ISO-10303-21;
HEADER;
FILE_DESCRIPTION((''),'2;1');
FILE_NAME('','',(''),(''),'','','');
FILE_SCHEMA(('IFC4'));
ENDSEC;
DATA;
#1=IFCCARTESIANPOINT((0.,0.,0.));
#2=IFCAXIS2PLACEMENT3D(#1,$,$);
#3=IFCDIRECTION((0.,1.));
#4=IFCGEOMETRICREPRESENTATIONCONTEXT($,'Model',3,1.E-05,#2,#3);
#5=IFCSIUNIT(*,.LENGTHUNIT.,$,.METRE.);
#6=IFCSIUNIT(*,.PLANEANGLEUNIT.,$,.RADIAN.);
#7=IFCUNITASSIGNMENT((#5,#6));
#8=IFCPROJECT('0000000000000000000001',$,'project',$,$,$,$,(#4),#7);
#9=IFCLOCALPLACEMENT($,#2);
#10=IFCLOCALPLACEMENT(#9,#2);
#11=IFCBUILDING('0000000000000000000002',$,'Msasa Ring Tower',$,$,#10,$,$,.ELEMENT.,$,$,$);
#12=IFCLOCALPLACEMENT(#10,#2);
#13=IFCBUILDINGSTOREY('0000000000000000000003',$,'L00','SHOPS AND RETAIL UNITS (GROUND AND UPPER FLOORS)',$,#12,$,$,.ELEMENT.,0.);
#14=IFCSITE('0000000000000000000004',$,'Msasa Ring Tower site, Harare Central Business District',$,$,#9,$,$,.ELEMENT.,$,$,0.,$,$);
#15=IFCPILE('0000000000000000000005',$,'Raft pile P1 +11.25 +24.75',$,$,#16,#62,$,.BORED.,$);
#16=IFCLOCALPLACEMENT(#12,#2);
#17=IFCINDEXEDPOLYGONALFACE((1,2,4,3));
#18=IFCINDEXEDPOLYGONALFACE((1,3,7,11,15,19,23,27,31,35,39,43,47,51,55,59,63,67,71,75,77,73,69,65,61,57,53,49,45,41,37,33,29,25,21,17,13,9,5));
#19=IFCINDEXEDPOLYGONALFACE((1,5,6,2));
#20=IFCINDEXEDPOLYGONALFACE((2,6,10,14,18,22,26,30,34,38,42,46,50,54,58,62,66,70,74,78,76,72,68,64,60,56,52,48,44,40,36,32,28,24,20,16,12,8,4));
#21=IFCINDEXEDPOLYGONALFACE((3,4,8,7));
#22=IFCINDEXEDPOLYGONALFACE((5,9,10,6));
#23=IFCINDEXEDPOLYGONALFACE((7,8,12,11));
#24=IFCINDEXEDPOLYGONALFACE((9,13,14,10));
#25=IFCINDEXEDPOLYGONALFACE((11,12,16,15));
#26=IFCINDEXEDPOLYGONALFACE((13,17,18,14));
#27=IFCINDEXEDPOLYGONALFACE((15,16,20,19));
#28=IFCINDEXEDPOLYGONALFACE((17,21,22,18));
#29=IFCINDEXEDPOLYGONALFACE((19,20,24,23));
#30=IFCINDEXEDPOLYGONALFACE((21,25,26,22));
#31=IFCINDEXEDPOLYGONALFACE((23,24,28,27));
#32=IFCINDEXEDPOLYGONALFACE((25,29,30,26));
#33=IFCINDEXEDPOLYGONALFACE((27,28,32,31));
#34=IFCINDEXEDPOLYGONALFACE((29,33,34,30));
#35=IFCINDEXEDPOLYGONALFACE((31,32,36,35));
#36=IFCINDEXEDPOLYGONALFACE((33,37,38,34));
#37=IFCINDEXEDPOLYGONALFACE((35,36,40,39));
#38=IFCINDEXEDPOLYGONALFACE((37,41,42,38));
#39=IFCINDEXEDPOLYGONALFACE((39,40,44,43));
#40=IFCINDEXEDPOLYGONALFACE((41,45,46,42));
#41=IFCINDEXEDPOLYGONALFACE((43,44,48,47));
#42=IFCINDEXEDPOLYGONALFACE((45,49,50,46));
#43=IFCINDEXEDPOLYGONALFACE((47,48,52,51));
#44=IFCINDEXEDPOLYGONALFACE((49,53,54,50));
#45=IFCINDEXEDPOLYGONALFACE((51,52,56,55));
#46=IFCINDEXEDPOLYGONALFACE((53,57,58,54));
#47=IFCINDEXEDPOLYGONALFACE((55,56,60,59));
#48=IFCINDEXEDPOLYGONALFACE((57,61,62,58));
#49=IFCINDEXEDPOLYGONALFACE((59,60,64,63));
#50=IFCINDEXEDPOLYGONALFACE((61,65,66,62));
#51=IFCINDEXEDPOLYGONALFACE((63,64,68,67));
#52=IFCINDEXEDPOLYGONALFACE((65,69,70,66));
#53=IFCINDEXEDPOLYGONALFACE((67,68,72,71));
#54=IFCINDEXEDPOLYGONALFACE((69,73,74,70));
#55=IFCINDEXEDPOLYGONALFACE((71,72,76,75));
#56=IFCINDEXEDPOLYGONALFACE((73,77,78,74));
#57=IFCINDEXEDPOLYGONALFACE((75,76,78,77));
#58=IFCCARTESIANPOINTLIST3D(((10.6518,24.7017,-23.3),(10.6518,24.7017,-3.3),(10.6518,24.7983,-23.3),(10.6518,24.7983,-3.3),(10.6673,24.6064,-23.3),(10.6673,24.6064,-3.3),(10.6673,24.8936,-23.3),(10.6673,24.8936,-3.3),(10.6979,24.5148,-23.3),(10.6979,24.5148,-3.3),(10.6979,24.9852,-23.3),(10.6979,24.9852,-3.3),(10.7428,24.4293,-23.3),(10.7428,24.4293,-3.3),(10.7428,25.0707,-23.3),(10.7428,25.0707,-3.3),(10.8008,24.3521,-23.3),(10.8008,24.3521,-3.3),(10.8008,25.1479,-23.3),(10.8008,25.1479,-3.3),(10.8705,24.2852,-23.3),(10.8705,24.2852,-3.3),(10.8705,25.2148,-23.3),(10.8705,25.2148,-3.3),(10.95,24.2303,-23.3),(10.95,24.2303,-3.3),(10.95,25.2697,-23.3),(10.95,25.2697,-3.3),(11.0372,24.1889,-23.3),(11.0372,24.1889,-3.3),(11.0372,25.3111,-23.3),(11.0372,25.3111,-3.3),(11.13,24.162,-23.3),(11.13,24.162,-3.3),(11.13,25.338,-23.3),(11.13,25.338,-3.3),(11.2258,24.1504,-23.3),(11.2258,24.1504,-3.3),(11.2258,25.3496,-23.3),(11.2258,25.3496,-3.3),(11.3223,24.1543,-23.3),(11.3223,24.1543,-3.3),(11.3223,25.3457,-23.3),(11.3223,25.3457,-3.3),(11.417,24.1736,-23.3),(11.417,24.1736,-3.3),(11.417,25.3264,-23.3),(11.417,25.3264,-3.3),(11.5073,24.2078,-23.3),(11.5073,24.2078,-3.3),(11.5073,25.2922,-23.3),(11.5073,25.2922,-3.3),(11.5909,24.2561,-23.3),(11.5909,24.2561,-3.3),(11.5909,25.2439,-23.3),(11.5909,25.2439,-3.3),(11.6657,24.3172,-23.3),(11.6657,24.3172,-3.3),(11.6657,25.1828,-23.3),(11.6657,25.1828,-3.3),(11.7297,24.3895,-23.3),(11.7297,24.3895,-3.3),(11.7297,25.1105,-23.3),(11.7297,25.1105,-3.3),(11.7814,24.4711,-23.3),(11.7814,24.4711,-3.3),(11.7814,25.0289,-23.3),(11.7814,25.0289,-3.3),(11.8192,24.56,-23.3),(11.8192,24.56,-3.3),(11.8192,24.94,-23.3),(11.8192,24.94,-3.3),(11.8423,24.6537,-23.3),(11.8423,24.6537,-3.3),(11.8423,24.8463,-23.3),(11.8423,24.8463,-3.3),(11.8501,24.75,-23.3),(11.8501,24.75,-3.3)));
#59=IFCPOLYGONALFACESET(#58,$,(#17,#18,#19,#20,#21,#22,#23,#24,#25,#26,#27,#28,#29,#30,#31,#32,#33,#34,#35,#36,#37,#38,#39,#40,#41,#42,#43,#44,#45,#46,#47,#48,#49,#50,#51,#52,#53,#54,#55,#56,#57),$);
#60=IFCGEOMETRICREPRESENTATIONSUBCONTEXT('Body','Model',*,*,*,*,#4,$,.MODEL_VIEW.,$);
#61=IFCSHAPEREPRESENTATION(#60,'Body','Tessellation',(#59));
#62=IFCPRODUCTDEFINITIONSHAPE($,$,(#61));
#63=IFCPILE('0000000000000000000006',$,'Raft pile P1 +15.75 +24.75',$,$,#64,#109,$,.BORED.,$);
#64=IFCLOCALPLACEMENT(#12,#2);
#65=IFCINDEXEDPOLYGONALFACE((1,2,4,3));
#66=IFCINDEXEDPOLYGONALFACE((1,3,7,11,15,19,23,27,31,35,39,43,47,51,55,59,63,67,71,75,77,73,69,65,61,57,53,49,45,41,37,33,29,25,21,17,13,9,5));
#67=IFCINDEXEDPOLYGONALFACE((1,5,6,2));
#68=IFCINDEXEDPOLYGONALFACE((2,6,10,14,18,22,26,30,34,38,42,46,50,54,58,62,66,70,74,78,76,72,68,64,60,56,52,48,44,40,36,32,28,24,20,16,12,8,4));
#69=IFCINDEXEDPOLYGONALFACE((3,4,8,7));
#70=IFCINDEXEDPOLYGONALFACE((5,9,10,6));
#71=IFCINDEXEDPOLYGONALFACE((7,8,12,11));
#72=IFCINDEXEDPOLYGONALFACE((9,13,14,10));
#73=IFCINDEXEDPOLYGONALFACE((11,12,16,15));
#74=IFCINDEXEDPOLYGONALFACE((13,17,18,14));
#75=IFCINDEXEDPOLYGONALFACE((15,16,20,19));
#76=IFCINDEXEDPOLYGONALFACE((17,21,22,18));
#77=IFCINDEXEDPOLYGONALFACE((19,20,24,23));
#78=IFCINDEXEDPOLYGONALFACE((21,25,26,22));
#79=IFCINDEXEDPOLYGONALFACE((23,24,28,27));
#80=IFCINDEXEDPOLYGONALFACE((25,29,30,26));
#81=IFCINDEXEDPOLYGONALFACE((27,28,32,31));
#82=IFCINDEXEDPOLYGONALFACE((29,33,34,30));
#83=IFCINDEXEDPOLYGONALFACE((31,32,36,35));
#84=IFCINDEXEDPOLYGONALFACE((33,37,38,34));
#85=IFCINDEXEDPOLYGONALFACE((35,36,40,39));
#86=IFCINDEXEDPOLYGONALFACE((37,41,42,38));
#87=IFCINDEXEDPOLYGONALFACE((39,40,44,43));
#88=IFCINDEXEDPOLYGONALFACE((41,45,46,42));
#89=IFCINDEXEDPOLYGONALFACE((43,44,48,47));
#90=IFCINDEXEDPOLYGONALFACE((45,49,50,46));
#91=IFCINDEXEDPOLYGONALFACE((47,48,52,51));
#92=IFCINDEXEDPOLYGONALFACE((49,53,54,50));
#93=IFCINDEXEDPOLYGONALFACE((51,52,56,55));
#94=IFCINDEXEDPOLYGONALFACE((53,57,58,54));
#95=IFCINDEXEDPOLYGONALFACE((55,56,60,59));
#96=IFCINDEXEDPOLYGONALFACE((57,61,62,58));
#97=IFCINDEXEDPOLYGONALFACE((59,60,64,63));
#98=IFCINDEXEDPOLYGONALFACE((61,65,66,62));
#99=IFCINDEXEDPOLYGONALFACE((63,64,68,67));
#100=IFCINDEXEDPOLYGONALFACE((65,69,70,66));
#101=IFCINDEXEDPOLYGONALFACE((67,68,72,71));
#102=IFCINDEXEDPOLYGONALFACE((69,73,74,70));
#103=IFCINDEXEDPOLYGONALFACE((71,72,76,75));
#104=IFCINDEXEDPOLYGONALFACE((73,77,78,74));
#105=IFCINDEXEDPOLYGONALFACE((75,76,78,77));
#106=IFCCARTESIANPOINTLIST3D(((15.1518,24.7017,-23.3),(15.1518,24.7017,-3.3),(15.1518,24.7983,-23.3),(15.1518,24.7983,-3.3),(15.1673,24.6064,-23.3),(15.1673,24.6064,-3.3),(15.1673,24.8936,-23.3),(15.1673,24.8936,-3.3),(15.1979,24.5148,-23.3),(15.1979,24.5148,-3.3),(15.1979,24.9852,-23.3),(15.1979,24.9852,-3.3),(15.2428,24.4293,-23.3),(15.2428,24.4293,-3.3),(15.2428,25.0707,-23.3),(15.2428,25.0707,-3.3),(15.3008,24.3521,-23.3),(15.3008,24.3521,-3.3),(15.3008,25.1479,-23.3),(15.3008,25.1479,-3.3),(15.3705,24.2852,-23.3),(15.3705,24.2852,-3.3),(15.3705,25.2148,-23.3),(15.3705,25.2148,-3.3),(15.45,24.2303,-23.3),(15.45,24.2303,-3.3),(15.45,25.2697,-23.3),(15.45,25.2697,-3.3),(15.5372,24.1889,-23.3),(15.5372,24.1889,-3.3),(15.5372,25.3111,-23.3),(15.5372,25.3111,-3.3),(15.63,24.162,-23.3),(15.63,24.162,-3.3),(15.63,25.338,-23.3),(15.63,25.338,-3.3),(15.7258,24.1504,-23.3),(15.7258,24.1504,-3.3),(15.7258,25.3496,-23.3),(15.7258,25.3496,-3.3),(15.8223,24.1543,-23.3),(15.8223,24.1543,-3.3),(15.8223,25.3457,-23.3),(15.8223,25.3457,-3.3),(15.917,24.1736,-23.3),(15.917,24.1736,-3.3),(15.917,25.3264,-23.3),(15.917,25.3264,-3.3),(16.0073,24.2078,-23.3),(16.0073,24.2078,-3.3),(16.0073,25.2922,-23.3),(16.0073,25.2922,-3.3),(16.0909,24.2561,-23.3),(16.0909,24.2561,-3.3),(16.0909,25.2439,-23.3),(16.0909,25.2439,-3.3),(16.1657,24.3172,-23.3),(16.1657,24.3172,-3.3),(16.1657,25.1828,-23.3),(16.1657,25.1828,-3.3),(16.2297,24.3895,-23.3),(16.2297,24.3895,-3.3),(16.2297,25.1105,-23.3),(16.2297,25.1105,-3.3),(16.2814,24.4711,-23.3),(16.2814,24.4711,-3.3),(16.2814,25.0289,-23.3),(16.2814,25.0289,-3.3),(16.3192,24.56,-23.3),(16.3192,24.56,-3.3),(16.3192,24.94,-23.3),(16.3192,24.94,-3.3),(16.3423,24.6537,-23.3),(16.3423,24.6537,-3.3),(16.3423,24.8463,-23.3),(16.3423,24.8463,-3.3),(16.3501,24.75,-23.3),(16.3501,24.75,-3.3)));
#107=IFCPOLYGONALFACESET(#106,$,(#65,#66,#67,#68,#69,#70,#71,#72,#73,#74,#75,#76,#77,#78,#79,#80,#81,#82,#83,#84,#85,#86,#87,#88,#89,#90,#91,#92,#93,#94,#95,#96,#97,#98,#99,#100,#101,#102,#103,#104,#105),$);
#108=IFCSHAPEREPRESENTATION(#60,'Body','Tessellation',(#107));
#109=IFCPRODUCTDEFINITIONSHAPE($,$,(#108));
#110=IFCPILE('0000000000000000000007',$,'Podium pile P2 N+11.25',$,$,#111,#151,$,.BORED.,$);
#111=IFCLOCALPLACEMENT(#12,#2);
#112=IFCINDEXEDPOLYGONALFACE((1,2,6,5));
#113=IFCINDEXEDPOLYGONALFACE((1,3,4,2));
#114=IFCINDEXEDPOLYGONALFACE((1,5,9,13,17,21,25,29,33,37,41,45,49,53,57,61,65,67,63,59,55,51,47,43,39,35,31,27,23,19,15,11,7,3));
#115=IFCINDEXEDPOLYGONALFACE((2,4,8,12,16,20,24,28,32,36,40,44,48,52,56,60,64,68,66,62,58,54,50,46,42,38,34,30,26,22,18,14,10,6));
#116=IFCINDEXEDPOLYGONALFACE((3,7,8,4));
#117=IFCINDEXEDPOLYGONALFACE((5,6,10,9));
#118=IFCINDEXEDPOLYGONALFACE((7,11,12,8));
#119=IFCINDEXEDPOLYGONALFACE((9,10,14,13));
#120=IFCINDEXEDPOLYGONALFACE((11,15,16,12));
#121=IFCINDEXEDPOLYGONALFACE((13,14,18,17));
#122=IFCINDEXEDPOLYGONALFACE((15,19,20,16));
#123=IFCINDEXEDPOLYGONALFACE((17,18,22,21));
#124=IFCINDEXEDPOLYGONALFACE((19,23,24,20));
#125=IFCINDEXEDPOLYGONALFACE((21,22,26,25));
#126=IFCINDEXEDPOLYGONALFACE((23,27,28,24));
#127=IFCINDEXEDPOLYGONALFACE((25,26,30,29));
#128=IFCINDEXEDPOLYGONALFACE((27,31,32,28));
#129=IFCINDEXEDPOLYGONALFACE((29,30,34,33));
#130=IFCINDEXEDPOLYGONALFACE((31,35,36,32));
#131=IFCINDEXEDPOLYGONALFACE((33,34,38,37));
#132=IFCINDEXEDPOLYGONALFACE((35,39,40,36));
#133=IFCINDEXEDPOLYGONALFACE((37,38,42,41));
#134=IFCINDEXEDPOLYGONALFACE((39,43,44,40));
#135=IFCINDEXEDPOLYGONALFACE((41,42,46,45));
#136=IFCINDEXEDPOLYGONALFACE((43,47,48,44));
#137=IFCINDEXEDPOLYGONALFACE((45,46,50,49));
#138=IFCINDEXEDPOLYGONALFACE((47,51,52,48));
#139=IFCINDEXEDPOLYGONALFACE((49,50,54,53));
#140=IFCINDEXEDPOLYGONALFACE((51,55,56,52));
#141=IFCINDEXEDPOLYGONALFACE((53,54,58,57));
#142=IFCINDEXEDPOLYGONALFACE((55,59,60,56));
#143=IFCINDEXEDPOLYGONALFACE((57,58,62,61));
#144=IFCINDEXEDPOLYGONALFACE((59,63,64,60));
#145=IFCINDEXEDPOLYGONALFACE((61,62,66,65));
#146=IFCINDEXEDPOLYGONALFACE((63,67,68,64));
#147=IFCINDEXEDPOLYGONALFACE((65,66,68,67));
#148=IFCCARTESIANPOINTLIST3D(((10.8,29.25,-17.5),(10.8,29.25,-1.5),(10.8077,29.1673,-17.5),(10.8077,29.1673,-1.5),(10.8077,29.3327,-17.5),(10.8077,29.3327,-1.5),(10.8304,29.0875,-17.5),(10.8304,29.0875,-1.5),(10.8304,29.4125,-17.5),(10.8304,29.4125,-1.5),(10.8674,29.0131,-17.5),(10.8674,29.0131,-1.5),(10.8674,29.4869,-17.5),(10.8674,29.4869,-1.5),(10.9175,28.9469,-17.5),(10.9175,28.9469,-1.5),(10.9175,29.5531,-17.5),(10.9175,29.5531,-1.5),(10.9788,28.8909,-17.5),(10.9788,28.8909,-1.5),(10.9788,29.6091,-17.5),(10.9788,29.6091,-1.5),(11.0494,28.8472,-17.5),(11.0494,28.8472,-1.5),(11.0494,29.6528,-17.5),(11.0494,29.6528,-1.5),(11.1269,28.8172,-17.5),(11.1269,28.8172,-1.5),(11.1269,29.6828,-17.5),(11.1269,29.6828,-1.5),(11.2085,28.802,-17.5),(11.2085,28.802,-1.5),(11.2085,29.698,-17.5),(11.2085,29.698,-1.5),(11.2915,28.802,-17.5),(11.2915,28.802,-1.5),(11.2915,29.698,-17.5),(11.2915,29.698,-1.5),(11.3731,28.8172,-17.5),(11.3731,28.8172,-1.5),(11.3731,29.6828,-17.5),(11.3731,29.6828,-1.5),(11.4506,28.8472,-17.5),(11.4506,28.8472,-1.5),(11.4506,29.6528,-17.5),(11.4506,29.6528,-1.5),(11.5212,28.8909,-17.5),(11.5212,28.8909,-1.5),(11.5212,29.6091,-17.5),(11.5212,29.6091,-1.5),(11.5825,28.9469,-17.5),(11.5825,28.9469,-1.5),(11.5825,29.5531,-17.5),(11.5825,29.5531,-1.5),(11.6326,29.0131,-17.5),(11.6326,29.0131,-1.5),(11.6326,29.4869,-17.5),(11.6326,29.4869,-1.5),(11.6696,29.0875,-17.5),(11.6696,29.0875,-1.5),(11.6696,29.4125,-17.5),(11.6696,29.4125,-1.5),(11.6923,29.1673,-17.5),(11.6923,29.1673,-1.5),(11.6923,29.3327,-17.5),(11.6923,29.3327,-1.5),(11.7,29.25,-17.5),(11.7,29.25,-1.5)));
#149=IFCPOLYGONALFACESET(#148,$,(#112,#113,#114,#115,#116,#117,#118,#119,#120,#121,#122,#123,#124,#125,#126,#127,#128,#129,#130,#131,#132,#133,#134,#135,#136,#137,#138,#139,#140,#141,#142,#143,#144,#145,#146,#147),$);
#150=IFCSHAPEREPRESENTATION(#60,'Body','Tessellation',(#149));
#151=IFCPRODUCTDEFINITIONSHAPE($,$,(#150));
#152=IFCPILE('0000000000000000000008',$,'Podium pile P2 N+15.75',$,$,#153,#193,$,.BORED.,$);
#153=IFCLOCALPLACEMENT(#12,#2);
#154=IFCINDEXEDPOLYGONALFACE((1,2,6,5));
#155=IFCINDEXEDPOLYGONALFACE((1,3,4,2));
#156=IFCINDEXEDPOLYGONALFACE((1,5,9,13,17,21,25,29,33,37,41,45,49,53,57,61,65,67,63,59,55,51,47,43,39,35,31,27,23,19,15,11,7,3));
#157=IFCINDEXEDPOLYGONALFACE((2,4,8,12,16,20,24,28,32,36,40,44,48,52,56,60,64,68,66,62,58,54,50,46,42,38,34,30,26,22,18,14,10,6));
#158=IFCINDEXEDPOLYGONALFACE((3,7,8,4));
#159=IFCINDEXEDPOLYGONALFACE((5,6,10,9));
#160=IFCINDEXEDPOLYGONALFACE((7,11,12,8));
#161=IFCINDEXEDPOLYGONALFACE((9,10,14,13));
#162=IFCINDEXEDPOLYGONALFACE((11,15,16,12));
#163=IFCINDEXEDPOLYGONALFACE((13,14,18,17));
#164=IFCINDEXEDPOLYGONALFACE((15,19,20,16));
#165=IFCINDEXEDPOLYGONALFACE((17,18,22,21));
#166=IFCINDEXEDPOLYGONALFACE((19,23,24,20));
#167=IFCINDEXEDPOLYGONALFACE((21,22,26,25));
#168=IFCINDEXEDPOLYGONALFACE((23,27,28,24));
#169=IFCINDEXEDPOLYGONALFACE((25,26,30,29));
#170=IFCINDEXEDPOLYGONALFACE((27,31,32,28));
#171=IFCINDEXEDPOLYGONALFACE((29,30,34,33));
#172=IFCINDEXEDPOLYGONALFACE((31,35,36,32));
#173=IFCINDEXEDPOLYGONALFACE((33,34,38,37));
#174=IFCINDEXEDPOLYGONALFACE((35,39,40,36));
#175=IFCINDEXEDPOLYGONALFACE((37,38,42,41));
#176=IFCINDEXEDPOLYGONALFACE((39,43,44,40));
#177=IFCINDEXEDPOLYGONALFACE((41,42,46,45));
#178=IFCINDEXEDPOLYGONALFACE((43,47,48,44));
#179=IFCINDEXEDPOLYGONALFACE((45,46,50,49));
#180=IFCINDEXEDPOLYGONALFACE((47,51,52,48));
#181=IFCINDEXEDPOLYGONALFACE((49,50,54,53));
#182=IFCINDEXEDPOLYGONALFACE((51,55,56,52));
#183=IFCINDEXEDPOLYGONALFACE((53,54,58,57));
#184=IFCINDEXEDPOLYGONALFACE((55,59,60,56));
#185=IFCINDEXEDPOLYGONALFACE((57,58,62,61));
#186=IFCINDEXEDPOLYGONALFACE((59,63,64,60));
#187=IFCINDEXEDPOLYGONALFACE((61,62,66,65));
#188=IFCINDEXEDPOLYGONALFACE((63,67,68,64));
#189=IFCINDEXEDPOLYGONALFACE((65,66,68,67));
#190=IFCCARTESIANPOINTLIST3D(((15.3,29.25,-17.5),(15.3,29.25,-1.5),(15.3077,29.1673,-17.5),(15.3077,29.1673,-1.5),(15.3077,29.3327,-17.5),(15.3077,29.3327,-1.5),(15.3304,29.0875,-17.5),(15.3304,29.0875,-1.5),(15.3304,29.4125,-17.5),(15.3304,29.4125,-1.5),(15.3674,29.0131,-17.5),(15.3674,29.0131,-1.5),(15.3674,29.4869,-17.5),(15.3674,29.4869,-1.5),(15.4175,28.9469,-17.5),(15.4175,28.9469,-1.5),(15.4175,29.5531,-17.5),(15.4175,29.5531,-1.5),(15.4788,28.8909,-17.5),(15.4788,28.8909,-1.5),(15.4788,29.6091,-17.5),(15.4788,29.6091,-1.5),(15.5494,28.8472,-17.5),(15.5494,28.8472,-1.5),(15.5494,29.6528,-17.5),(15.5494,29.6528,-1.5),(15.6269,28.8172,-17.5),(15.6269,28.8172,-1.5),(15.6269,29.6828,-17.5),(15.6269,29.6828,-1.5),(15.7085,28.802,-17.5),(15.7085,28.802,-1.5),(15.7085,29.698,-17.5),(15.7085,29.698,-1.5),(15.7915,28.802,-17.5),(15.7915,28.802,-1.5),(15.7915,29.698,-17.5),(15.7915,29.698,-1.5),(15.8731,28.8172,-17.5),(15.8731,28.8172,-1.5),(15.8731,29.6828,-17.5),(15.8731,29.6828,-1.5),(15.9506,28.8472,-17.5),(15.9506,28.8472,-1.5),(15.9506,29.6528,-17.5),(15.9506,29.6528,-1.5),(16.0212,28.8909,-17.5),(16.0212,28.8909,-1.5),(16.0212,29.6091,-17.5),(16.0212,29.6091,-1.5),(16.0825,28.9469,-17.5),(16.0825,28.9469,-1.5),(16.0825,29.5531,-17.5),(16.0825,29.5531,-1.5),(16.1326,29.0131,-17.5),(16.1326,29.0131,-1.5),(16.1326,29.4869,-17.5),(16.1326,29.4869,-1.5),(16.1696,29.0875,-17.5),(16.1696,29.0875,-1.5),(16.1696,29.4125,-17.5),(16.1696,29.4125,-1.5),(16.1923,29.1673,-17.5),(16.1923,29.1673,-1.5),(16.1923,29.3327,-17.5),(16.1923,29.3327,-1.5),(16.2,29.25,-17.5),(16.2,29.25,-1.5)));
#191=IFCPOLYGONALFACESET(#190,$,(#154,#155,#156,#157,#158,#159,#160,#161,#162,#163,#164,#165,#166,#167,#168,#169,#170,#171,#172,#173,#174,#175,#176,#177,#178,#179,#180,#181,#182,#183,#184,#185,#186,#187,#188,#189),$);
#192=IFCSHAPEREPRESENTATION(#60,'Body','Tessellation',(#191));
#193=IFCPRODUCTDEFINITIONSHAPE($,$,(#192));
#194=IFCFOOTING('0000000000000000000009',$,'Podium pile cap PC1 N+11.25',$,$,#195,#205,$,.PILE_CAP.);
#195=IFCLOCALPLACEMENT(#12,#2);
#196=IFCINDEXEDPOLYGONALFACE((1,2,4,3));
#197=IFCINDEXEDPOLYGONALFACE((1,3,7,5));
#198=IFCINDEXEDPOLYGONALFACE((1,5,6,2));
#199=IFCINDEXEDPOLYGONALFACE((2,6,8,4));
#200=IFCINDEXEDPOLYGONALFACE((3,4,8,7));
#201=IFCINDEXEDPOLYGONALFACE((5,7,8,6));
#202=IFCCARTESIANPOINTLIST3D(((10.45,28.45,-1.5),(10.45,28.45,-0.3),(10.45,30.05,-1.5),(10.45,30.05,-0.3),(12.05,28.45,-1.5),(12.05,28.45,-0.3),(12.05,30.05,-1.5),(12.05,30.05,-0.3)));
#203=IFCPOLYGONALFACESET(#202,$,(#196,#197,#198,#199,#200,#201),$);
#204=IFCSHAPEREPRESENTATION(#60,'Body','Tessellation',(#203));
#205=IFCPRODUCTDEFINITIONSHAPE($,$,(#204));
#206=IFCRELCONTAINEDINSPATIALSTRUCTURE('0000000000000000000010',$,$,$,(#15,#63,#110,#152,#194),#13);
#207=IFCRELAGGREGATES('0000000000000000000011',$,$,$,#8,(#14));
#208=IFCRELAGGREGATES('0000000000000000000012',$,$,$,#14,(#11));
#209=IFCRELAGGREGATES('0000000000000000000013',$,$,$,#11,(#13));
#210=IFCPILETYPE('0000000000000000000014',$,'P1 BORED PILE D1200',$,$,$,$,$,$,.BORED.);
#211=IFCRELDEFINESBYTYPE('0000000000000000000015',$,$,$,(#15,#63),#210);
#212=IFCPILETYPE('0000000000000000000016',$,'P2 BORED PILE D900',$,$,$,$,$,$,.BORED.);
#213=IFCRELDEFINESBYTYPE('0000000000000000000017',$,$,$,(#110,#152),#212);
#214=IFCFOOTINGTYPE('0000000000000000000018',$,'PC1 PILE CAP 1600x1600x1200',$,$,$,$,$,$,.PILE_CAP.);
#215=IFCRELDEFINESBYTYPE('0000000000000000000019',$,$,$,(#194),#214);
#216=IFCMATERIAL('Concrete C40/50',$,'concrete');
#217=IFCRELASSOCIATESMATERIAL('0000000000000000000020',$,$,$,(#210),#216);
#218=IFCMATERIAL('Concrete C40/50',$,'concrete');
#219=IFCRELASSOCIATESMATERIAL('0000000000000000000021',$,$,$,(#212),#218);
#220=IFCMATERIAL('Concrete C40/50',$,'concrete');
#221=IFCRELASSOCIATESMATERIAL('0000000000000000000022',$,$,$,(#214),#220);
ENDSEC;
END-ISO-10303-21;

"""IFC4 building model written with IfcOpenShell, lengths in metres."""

from ifc_helpers import new_model, si_unit, direction, frame, origin, origin_2d, place, context, subcontext, project, spatial, rectangle, circle, extrude, material, material_profile, profile_set, type_object, element, save


model = new_model("IFC4")

# Units and contexts
model_context = context("Model", 3, precision=1e-05, world=origin(), true_north=direction((0.0, 1.0)))
body_context = subcontext(model_context, "Body", "Model", "MODEL_VIEW")
ifc_project = project(units=[si_unit("LENGTHUNIT", "METRE"), si_unit("PLANEANGLEUNIT", "RADIAN")], contexts=[model_context])

# Site, building, storey
site_placement = place(None, origin())
site = spatial("IfcSite", under=ifc_project, at=site_placement, Name="Msasa Ring Tower site, Harare Central Business District", CompositionType="ELEMENT", RefElevation=0.0)
building_placement = place(site_placement, origin())
building = spatial("IfcBuilding", under=site, at=building_placement, Name="Msasa Ring Tower", CompositionType="ELEMENT")
storey_placement = place(building_placement, origin())
storey = spatial("IfcBuildingStorey", under=building, at=storey_placement, Name="L00", Description="SHOPS AND RETAIL UNITS (GROUND AND UPPER FLOORS)", CompositionType="ELEMENT", Elevation=0.0)

# Piles
ifc_material_1 = material(Name="Concrete C40/50", Category="concrete")
ifc_material_profile_1 = material_profile(ifc_material_1, circle(Radius=0.6001, at=origin_2d()), Name="D1200")
ifc_profile_set_1 = profile_set([ifc_material_profile_1], Name="Concrete C40/50")
pile_type_1 = type_object("IfcPileType", Name="P1 BORED PILE D1200", PredefinedType="BORED", material=ifc_profile_set_1)
for number, where, z_axis, x_axis, name in (
    (1, (11.25, 24.75, -3.3), (0.0, 0.0, -1.0), (1.0, 0.0, 0.0), "Raft pile P1 +11.25 +24.75"),
    (2, (15.75, 24.75, -3.3), (0.0, 0.0, -1.0), (1.0, 0.0, 0.0), "Raft pile P1 +15.75 +24.75"),
):
    element("IfcPile", number, at=place(storey_placement, frame(where, z_axis=z_axis, x_axis=x_axis)), inside=storey, type_object=pile_type_1, Name=name, PredefinedType="BORED", context=body_context, shape_type="SweptSolid", body=[
        extrude(circle(Radius=0.6001, at=origin_2d()), origin(), (0.0, 0.0, 1.0), 20.0),
    ])
ifc_material_2 = material(Name="Concrete C40/50", Category="concrete")
ifc_material_profile_2 = material_profile(ifc_material_2, circle(Radius=0.45, at=origin_2d()), Name="D900")
ifc_profile_set_2 = profile_set([ifc_material_profile_2], Name="Concrete C40/50")
pile_type_2 = type_object("IfcPileType", Name="P2 BORED PILE D900", PredefinedType="BORED", material=ifc_profile_set_2)
for number, where, z_axis, x_axis, name in (
    (3, (11.25, 29.25, -1.5), (0.0, 0.0, -1.0), (1.0, 0.0, 0.0), "Podium pile P2 N+11.25"),
    (4, (15.75, 29.25, -1.5), (0.0, 0.0, -1.0), (1.0, 0.0, 0.0), "Podium pile P2 N+15.75"),
):
    element("IfcPile", number, at=place(storey_placement, frame(where, z_axis=z_axis, x_axis=x_axis)), inside=storey, type_object=pile_type_2, Name=name, PredefinedType="BORED", context=body_context, shape_type="SweptSolid", body=[
        extrude(circle(Radius=0.45, at=origin_2d()), origin(), (0.0, 0.0, 1.0), 16.0),
    ])

# Footing
ifc_material_3 = material(Name="Concrete C40/50", Category="concrete")
footing_type = type_object("IfcFootingType", Name="PC1 PILE CAP 1600x1600x1200", PredefinedType="PILE_CAP", material=ifc_material_3)
for number, where, z_axis, x_axis, name in (
    (5, (11.25, 29.25, -1.5), (0.0, 0.0, 1.0), (1.0, 0.0, 0.0), "Podium pile cap PC1 N+11.25"),
):
    element("IfcFooting", number, at=place(storey_placement, frame(where, z_axis=z_axis, x_axis=x_axis)), inside=storey, type_object=footing_type, Name=name, PredefinedType="PILE_CAP", context=body_context, shape_type="SweptSolid", body=[
        extrude(rectangle(XDim=1.6001, YDim=1.6001, at=origin_2d()), origin(), (0.0, 0.0, 1.0), 1.2),
    ])

save(model, "model.ifc")
